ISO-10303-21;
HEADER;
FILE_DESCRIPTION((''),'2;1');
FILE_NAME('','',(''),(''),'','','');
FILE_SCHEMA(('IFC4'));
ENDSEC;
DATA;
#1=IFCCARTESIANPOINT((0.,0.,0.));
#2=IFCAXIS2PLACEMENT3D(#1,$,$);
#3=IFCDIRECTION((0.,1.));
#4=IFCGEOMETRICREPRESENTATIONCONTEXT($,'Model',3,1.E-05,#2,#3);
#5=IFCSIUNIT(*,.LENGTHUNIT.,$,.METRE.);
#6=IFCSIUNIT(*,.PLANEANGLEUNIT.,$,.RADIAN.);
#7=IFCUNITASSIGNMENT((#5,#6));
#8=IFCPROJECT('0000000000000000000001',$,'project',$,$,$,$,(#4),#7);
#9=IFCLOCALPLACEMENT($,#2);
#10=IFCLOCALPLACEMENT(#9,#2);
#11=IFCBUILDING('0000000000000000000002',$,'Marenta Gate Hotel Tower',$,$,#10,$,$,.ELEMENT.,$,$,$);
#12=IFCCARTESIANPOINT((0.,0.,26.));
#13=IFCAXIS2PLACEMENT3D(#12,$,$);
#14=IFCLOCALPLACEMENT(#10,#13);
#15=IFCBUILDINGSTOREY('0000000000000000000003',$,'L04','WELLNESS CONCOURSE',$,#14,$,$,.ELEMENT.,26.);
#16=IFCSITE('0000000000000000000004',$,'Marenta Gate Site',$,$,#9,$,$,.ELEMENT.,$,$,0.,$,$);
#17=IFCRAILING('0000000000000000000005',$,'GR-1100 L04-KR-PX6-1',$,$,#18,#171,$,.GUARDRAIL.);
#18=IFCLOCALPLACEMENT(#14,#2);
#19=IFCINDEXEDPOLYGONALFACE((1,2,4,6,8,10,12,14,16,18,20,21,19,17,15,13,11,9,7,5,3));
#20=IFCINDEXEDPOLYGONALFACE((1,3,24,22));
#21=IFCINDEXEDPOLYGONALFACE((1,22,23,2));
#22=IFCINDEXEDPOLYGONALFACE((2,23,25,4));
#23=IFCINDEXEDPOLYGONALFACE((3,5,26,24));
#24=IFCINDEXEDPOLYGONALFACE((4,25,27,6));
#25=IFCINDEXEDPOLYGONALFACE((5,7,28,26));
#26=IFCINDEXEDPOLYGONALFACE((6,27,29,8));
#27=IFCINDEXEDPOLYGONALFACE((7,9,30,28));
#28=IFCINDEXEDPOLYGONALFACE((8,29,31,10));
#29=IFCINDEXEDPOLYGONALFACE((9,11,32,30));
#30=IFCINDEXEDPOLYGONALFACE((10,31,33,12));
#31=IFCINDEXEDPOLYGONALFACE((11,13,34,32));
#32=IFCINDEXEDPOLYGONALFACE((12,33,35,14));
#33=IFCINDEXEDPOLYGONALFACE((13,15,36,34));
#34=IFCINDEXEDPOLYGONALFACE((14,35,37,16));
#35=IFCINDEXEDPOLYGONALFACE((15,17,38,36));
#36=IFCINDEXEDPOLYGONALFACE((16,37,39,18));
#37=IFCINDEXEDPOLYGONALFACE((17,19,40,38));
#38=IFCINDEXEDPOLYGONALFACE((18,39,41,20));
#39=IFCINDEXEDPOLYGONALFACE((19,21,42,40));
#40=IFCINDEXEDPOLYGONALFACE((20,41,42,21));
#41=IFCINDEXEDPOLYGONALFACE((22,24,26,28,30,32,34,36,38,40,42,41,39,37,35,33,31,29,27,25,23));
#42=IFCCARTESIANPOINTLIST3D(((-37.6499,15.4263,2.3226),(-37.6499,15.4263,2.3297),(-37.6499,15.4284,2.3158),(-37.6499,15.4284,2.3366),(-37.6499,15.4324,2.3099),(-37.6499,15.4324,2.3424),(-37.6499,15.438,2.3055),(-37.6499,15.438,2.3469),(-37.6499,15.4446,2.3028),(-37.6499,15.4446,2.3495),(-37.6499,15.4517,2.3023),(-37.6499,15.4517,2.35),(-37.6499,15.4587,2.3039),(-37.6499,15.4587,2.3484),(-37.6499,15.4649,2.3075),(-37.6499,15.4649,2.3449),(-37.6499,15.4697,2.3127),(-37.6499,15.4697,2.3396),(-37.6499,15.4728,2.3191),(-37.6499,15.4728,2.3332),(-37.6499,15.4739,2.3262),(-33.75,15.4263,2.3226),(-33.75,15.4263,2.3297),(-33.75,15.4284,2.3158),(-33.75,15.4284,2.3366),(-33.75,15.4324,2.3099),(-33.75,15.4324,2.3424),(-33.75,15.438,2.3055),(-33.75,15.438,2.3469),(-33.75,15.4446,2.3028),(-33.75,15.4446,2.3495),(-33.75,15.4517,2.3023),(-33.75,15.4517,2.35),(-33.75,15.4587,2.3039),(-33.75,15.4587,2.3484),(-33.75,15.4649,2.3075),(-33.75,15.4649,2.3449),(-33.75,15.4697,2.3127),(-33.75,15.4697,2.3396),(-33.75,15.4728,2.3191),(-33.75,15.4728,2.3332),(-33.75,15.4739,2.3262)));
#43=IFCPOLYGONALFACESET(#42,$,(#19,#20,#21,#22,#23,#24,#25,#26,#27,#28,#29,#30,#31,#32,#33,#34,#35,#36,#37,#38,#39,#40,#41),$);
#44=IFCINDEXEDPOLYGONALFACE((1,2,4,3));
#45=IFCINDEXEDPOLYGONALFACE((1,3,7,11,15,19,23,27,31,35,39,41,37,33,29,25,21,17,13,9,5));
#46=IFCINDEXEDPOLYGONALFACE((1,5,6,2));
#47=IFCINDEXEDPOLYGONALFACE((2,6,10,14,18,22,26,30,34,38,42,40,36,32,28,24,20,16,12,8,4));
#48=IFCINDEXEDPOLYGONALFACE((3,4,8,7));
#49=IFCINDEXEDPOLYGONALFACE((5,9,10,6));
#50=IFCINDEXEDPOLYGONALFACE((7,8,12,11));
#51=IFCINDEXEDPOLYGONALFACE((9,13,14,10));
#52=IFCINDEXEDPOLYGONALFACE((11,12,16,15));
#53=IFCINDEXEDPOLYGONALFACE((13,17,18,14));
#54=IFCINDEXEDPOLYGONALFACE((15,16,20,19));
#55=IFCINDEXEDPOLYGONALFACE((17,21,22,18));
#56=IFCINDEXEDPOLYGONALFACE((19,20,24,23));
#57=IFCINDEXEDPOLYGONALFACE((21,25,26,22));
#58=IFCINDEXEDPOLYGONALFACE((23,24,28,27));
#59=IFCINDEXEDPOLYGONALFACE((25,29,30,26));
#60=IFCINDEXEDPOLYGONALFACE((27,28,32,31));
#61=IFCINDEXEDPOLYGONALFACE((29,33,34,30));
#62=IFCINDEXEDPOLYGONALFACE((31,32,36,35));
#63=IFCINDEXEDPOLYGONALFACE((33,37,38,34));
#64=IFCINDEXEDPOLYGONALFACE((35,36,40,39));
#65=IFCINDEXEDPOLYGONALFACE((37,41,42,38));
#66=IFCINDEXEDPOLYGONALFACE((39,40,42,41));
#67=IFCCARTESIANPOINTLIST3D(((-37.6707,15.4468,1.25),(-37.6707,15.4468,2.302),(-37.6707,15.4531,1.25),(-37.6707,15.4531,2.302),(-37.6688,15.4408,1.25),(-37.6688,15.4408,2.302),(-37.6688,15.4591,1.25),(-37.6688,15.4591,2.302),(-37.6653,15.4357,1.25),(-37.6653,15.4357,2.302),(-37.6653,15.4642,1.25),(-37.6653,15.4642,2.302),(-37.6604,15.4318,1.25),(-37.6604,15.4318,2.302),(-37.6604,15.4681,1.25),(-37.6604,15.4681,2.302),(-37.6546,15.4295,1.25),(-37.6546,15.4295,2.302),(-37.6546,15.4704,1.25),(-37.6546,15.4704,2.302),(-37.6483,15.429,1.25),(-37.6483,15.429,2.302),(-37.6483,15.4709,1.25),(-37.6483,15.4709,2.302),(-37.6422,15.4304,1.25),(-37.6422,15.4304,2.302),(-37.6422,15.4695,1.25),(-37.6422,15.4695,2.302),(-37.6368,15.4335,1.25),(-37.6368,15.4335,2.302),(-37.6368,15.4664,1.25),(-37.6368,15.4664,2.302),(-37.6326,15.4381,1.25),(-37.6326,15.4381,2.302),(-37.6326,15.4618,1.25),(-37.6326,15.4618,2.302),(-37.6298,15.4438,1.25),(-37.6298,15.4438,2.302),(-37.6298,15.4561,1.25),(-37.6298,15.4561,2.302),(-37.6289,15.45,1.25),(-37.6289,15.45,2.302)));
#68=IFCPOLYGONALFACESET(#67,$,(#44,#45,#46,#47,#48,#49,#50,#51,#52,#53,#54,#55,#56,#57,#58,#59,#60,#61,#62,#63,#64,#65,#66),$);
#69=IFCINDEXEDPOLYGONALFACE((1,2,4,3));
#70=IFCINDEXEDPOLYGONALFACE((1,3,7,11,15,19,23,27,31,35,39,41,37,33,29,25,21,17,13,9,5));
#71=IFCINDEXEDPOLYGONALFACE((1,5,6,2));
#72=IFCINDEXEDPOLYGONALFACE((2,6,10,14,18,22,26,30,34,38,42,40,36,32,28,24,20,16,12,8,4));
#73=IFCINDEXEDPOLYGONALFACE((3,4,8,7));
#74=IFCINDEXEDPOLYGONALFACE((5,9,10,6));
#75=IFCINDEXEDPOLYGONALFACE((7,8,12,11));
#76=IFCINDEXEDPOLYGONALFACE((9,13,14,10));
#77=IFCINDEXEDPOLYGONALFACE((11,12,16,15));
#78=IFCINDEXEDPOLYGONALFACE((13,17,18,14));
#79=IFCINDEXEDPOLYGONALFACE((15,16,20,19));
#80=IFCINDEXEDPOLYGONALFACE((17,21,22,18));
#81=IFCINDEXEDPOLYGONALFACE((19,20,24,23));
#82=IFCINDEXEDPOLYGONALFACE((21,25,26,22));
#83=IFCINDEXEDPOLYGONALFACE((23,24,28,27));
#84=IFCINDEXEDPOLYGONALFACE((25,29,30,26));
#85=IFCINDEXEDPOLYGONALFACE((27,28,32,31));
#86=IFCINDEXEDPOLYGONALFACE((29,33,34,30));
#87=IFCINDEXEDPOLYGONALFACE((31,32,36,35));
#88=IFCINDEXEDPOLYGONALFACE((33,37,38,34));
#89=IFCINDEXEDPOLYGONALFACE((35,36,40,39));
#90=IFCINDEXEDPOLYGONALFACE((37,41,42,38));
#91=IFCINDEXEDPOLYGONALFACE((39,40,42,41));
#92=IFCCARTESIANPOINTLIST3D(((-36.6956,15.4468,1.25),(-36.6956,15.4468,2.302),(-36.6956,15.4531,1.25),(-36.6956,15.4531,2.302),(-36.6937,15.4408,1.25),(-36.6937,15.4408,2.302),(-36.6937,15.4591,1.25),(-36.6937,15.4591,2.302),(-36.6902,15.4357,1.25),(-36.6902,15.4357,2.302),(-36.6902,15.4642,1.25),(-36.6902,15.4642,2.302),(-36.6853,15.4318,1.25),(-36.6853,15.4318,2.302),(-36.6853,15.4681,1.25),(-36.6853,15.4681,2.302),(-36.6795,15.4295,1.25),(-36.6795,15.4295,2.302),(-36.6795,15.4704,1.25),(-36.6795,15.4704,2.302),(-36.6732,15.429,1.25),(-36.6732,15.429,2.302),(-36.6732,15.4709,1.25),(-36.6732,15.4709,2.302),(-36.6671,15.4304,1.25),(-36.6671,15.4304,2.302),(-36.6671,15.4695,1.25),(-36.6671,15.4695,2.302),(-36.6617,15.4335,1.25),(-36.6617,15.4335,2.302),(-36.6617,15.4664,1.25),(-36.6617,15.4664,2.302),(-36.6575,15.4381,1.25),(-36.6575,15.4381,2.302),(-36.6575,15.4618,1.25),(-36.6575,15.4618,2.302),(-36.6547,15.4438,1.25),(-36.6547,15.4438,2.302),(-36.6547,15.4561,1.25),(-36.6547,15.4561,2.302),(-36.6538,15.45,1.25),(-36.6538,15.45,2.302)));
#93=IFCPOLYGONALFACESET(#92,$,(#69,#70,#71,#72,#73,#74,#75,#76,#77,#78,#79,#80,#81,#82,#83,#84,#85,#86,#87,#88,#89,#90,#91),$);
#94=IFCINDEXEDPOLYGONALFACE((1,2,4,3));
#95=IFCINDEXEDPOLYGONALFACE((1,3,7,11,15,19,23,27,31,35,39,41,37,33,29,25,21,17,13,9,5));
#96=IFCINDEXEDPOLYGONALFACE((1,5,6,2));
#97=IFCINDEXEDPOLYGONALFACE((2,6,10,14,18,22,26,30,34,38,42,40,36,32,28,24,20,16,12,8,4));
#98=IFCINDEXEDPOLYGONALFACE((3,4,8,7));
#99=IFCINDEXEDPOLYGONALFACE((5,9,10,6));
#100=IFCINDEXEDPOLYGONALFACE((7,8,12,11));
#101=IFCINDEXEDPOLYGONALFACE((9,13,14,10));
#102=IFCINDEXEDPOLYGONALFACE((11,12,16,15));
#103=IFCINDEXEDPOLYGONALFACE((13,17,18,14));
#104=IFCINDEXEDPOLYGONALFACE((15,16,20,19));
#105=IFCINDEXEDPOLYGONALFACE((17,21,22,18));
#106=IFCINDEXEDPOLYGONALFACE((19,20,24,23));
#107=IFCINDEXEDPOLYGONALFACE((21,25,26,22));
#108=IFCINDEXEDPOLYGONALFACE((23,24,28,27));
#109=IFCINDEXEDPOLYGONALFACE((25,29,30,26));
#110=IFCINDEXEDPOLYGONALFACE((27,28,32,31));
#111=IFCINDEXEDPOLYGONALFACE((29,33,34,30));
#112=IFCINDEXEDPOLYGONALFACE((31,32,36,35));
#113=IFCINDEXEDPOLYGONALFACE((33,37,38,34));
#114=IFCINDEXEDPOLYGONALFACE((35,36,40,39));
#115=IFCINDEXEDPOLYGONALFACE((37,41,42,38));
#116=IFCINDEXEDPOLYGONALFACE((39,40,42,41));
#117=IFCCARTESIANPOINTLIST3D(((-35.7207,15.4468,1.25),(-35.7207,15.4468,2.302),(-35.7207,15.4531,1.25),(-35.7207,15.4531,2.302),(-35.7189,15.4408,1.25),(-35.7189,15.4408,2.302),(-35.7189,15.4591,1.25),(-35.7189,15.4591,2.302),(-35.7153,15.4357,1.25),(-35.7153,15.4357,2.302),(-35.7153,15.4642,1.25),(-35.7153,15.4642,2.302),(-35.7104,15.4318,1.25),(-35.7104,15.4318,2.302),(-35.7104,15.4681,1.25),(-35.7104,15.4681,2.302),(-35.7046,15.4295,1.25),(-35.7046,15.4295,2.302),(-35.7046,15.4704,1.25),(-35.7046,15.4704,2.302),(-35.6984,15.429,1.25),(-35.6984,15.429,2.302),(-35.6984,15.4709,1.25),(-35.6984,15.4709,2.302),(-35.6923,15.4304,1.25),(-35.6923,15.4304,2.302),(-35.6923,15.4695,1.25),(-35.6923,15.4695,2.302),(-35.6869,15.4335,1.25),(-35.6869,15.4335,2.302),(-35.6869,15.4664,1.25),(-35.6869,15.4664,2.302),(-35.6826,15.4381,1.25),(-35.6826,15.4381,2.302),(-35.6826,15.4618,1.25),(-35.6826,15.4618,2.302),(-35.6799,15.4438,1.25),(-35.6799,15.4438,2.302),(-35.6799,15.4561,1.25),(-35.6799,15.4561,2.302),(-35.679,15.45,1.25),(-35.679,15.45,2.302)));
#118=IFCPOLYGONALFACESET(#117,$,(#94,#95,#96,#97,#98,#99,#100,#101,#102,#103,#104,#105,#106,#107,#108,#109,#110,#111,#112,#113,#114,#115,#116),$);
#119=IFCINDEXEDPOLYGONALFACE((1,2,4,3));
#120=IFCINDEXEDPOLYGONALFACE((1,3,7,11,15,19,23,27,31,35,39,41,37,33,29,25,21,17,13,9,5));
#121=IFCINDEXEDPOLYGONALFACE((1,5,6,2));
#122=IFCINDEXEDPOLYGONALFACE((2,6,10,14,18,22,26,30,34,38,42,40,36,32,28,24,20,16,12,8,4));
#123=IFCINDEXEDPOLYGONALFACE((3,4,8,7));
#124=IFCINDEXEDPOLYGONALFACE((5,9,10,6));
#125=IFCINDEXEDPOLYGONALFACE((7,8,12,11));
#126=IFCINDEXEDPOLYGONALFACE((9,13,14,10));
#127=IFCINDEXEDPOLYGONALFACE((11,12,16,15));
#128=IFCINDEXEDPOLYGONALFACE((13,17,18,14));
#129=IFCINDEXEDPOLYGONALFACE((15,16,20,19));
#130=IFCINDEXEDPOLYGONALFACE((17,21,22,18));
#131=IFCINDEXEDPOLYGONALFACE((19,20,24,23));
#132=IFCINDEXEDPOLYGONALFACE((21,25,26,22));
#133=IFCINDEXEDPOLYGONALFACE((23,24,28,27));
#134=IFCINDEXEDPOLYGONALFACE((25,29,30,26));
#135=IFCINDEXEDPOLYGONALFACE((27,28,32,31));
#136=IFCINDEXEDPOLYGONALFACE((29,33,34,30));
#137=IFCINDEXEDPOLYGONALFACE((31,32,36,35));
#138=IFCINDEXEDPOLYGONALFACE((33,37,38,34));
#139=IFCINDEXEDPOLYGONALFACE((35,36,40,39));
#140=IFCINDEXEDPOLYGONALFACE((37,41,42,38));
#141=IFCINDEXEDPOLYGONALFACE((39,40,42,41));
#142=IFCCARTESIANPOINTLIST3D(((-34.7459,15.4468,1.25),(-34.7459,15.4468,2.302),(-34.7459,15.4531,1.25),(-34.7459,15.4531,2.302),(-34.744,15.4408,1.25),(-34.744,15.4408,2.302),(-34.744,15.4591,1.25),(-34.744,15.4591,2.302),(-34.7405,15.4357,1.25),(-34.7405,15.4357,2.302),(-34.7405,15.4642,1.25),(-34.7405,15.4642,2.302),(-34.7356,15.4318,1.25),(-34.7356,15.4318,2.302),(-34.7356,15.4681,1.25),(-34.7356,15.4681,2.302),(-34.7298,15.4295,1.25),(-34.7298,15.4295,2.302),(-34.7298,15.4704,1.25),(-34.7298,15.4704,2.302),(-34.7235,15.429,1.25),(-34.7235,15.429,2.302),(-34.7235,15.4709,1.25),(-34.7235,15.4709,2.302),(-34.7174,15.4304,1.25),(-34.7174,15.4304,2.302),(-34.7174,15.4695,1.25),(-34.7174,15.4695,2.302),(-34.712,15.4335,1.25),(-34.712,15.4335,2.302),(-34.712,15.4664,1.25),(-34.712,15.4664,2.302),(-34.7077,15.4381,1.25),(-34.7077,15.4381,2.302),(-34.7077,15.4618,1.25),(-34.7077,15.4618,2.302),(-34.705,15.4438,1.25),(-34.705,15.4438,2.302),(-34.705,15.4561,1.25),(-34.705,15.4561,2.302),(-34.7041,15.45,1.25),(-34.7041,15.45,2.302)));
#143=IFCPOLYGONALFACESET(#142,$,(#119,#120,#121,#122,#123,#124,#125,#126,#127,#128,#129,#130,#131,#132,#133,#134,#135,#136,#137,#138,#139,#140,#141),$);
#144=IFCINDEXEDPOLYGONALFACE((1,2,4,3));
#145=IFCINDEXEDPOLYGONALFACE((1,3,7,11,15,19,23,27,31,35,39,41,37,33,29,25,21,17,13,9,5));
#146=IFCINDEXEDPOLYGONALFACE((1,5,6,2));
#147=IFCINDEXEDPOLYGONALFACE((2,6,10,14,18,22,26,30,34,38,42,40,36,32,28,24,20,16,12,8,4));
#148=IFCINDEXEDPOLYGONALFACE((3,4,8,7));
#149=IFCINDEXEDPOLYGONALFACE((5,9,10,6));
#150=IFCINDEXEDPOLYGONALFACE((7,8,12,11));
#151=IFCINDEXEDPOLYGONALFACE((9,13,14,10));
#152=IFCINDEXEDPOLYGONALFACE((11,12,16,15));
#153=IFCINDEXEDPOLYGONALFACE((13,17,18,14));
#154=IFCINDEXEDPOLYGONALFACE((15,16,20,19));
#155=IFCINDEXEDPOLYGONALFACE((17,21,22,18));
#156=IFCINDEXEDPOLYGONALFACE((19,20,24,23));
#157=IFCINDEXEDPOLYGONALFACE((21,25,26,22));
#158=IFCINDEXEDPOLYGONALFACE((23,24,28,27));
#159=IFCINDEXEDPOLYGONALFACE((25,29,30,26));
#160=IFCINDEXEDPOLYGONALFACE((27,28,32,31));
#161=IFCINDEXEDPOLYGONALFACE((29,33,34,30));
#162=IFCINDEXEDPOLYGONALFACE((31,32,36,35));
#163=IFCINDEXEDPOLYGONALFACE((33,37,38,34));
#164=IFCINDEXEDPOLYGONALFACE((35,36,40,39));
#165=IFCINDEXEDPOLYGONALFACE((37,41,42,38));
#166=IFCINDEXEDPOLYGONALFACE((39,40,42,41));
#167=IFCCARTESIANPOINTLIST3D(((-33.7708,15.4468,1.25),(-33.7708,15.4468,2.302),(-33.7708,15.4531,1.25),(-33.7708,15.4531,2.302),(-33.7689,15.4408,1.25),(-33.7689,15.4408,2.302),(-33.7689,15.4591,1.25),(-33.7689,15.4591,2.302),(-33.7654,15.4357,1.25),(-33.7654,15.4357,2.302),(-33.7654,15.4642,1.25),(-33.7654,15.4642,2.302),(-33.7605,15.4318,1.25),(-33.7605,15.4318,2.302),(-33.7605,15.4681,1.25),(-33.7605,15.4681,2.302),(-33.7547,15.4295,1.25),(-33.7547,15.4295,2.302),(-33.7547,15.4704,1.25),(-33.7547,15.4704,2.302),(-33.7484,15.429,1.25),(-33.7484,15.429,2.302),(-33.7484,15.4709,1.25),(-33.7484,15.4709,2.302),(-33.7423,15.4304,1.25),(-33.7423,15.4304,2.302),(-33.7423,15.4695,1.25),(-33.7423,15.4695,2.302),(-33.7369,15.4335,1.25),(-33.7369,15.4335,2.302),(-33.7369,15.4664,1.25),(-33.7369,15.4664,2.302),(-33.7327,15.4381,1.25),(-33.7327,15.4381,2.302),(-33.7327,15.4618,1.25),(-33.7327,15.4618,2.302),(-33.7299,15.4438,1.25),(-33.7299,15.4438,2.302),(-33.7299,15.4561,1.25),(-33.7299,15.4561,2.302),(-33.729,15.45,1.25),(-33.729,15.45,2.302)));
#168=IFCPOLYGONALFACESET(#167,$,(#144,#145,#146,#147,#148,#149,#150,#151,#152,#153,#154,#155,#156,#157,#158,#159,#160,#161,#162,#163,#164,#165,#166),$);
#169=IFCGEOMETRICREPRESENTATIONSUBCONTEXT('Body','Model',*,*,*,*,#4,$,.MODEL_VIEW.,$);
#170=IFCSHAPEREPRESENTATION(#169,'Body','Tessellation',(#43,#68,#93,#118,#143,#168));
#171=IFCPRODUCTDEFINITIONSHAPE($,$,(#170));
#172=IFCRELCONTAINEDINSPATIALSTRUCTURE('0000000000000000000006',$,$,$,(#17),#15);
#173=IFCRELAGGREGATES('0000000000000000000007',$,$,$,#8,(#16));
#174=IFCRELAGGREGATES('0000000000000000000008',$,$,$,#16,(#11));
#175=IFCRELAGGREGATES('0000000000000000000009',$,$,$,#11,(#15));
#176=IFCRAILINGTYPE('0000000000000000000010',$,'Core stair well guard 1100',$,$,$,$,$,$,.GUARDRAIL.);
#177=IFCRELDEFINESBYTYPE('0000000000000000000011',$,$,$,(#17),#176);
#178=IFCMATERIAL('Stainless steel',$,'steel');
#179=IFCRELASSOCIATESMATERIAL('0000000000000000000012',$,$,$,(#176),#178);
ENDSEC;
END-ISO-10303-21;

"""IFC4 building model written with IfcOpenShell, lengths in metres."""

from ifc_helpers import new_model, si_unit, direction, frame, origin, origin_2d, place, context, subcontext, project, spatial, circle, extrude, material, type_object, element, save


model = new_model("IFC4")

# Units and contexts
model_context = context("Model", 3, precision=1e-05, world=origin(), true_north=direction((0.0, 1.0)))
body_context = subcontext(model_context, "Body", "Model", "MODEL_VIEW")
ifc_project = project(units=[si_unit("LENGTHUNIT", "METRE"), si_unit("PLANEANGLEUNIT", "RADIAN")], contexts=[model_context])

# Site, building, storey
site_placement = place(None, origin())
site = spatial("IfcSite", under=ifc_project, at=site_placement, Name="Marenta Gate Site", CompositionType="ELEMENT", RefElevation=0.0)
building_placement = place(site_placement, origin())
building = spatial("IfcBuilding", under=site, at=building_placement, Name="Marenta Gate Hotel Tower", CompositionType="ELEMENT")
storey_placement = place(building_placement, frame((0.0, 0.0, 26.0)))
storey = spatial("IfcBuildingStorey", under=building, at=storey_placement, Name="L04", Description="WELLNESS CONCOURSE", CompositionType="ELEMENT", Elevation=26.0)

# Railing
ifc_material_1 = material(Name="Stainless steel", Category="steel")
railing_type = type_object("IfcRailingType", Name="Core stair well guard 1100", PredefinedType="GUARDRAIL", material=ifc_material_1)
for number, where, name in (
    (1, (-37.6499, 15.45, 1.25), "GR-1100 L04-KR-PX6-1"),
):
    element("IfcRailing", number, at=place(storey_placement, frame(where)), inside=storey, type_object=railing_type, Name=name, PredefinedType="GUARDRAIL", context=body_context, shape_type="SweptSolid", body=[
        extrude(circle(Radius=0.0239, at=origin_2d()), frame((0.0, 0.0, 1.0762), z_axis=(1.0, 0.0, 0.0), x_axis=(0.0, 1.0, 0.0)), (0.0, 0.0, 1.0), 3.8999),
        extrude(circle(Radius=0.021, at=origin_2d()), origin(), (0.0, 0.0, 1.0), 1.052),
        extrude(circle(Radius=0.021, at=origin_2d()), frame((0.9751, 0.0, 0.0)), (0.0, 0.0, 1.0), 1.052),
        extrude(circle(Radius=0.021, at=origin_2d()), frame((1.95, 0.0, 0.0)), (0.0, 0.0, 1.0), 1.052),
        extrude(circle(Radius=0.021, at=origin_2d()), frame((2.9248, 0.0, 0.0)), (0.0, 0.0, 1.0), 1.052),
        extrude(circle(Radius=0.021, at=origin_2d()), frame((3.8999, 0.0, 0.0)), (0.0, 0.0, 1.0), 1.052),
    ])

save(model, "model.ifc")
